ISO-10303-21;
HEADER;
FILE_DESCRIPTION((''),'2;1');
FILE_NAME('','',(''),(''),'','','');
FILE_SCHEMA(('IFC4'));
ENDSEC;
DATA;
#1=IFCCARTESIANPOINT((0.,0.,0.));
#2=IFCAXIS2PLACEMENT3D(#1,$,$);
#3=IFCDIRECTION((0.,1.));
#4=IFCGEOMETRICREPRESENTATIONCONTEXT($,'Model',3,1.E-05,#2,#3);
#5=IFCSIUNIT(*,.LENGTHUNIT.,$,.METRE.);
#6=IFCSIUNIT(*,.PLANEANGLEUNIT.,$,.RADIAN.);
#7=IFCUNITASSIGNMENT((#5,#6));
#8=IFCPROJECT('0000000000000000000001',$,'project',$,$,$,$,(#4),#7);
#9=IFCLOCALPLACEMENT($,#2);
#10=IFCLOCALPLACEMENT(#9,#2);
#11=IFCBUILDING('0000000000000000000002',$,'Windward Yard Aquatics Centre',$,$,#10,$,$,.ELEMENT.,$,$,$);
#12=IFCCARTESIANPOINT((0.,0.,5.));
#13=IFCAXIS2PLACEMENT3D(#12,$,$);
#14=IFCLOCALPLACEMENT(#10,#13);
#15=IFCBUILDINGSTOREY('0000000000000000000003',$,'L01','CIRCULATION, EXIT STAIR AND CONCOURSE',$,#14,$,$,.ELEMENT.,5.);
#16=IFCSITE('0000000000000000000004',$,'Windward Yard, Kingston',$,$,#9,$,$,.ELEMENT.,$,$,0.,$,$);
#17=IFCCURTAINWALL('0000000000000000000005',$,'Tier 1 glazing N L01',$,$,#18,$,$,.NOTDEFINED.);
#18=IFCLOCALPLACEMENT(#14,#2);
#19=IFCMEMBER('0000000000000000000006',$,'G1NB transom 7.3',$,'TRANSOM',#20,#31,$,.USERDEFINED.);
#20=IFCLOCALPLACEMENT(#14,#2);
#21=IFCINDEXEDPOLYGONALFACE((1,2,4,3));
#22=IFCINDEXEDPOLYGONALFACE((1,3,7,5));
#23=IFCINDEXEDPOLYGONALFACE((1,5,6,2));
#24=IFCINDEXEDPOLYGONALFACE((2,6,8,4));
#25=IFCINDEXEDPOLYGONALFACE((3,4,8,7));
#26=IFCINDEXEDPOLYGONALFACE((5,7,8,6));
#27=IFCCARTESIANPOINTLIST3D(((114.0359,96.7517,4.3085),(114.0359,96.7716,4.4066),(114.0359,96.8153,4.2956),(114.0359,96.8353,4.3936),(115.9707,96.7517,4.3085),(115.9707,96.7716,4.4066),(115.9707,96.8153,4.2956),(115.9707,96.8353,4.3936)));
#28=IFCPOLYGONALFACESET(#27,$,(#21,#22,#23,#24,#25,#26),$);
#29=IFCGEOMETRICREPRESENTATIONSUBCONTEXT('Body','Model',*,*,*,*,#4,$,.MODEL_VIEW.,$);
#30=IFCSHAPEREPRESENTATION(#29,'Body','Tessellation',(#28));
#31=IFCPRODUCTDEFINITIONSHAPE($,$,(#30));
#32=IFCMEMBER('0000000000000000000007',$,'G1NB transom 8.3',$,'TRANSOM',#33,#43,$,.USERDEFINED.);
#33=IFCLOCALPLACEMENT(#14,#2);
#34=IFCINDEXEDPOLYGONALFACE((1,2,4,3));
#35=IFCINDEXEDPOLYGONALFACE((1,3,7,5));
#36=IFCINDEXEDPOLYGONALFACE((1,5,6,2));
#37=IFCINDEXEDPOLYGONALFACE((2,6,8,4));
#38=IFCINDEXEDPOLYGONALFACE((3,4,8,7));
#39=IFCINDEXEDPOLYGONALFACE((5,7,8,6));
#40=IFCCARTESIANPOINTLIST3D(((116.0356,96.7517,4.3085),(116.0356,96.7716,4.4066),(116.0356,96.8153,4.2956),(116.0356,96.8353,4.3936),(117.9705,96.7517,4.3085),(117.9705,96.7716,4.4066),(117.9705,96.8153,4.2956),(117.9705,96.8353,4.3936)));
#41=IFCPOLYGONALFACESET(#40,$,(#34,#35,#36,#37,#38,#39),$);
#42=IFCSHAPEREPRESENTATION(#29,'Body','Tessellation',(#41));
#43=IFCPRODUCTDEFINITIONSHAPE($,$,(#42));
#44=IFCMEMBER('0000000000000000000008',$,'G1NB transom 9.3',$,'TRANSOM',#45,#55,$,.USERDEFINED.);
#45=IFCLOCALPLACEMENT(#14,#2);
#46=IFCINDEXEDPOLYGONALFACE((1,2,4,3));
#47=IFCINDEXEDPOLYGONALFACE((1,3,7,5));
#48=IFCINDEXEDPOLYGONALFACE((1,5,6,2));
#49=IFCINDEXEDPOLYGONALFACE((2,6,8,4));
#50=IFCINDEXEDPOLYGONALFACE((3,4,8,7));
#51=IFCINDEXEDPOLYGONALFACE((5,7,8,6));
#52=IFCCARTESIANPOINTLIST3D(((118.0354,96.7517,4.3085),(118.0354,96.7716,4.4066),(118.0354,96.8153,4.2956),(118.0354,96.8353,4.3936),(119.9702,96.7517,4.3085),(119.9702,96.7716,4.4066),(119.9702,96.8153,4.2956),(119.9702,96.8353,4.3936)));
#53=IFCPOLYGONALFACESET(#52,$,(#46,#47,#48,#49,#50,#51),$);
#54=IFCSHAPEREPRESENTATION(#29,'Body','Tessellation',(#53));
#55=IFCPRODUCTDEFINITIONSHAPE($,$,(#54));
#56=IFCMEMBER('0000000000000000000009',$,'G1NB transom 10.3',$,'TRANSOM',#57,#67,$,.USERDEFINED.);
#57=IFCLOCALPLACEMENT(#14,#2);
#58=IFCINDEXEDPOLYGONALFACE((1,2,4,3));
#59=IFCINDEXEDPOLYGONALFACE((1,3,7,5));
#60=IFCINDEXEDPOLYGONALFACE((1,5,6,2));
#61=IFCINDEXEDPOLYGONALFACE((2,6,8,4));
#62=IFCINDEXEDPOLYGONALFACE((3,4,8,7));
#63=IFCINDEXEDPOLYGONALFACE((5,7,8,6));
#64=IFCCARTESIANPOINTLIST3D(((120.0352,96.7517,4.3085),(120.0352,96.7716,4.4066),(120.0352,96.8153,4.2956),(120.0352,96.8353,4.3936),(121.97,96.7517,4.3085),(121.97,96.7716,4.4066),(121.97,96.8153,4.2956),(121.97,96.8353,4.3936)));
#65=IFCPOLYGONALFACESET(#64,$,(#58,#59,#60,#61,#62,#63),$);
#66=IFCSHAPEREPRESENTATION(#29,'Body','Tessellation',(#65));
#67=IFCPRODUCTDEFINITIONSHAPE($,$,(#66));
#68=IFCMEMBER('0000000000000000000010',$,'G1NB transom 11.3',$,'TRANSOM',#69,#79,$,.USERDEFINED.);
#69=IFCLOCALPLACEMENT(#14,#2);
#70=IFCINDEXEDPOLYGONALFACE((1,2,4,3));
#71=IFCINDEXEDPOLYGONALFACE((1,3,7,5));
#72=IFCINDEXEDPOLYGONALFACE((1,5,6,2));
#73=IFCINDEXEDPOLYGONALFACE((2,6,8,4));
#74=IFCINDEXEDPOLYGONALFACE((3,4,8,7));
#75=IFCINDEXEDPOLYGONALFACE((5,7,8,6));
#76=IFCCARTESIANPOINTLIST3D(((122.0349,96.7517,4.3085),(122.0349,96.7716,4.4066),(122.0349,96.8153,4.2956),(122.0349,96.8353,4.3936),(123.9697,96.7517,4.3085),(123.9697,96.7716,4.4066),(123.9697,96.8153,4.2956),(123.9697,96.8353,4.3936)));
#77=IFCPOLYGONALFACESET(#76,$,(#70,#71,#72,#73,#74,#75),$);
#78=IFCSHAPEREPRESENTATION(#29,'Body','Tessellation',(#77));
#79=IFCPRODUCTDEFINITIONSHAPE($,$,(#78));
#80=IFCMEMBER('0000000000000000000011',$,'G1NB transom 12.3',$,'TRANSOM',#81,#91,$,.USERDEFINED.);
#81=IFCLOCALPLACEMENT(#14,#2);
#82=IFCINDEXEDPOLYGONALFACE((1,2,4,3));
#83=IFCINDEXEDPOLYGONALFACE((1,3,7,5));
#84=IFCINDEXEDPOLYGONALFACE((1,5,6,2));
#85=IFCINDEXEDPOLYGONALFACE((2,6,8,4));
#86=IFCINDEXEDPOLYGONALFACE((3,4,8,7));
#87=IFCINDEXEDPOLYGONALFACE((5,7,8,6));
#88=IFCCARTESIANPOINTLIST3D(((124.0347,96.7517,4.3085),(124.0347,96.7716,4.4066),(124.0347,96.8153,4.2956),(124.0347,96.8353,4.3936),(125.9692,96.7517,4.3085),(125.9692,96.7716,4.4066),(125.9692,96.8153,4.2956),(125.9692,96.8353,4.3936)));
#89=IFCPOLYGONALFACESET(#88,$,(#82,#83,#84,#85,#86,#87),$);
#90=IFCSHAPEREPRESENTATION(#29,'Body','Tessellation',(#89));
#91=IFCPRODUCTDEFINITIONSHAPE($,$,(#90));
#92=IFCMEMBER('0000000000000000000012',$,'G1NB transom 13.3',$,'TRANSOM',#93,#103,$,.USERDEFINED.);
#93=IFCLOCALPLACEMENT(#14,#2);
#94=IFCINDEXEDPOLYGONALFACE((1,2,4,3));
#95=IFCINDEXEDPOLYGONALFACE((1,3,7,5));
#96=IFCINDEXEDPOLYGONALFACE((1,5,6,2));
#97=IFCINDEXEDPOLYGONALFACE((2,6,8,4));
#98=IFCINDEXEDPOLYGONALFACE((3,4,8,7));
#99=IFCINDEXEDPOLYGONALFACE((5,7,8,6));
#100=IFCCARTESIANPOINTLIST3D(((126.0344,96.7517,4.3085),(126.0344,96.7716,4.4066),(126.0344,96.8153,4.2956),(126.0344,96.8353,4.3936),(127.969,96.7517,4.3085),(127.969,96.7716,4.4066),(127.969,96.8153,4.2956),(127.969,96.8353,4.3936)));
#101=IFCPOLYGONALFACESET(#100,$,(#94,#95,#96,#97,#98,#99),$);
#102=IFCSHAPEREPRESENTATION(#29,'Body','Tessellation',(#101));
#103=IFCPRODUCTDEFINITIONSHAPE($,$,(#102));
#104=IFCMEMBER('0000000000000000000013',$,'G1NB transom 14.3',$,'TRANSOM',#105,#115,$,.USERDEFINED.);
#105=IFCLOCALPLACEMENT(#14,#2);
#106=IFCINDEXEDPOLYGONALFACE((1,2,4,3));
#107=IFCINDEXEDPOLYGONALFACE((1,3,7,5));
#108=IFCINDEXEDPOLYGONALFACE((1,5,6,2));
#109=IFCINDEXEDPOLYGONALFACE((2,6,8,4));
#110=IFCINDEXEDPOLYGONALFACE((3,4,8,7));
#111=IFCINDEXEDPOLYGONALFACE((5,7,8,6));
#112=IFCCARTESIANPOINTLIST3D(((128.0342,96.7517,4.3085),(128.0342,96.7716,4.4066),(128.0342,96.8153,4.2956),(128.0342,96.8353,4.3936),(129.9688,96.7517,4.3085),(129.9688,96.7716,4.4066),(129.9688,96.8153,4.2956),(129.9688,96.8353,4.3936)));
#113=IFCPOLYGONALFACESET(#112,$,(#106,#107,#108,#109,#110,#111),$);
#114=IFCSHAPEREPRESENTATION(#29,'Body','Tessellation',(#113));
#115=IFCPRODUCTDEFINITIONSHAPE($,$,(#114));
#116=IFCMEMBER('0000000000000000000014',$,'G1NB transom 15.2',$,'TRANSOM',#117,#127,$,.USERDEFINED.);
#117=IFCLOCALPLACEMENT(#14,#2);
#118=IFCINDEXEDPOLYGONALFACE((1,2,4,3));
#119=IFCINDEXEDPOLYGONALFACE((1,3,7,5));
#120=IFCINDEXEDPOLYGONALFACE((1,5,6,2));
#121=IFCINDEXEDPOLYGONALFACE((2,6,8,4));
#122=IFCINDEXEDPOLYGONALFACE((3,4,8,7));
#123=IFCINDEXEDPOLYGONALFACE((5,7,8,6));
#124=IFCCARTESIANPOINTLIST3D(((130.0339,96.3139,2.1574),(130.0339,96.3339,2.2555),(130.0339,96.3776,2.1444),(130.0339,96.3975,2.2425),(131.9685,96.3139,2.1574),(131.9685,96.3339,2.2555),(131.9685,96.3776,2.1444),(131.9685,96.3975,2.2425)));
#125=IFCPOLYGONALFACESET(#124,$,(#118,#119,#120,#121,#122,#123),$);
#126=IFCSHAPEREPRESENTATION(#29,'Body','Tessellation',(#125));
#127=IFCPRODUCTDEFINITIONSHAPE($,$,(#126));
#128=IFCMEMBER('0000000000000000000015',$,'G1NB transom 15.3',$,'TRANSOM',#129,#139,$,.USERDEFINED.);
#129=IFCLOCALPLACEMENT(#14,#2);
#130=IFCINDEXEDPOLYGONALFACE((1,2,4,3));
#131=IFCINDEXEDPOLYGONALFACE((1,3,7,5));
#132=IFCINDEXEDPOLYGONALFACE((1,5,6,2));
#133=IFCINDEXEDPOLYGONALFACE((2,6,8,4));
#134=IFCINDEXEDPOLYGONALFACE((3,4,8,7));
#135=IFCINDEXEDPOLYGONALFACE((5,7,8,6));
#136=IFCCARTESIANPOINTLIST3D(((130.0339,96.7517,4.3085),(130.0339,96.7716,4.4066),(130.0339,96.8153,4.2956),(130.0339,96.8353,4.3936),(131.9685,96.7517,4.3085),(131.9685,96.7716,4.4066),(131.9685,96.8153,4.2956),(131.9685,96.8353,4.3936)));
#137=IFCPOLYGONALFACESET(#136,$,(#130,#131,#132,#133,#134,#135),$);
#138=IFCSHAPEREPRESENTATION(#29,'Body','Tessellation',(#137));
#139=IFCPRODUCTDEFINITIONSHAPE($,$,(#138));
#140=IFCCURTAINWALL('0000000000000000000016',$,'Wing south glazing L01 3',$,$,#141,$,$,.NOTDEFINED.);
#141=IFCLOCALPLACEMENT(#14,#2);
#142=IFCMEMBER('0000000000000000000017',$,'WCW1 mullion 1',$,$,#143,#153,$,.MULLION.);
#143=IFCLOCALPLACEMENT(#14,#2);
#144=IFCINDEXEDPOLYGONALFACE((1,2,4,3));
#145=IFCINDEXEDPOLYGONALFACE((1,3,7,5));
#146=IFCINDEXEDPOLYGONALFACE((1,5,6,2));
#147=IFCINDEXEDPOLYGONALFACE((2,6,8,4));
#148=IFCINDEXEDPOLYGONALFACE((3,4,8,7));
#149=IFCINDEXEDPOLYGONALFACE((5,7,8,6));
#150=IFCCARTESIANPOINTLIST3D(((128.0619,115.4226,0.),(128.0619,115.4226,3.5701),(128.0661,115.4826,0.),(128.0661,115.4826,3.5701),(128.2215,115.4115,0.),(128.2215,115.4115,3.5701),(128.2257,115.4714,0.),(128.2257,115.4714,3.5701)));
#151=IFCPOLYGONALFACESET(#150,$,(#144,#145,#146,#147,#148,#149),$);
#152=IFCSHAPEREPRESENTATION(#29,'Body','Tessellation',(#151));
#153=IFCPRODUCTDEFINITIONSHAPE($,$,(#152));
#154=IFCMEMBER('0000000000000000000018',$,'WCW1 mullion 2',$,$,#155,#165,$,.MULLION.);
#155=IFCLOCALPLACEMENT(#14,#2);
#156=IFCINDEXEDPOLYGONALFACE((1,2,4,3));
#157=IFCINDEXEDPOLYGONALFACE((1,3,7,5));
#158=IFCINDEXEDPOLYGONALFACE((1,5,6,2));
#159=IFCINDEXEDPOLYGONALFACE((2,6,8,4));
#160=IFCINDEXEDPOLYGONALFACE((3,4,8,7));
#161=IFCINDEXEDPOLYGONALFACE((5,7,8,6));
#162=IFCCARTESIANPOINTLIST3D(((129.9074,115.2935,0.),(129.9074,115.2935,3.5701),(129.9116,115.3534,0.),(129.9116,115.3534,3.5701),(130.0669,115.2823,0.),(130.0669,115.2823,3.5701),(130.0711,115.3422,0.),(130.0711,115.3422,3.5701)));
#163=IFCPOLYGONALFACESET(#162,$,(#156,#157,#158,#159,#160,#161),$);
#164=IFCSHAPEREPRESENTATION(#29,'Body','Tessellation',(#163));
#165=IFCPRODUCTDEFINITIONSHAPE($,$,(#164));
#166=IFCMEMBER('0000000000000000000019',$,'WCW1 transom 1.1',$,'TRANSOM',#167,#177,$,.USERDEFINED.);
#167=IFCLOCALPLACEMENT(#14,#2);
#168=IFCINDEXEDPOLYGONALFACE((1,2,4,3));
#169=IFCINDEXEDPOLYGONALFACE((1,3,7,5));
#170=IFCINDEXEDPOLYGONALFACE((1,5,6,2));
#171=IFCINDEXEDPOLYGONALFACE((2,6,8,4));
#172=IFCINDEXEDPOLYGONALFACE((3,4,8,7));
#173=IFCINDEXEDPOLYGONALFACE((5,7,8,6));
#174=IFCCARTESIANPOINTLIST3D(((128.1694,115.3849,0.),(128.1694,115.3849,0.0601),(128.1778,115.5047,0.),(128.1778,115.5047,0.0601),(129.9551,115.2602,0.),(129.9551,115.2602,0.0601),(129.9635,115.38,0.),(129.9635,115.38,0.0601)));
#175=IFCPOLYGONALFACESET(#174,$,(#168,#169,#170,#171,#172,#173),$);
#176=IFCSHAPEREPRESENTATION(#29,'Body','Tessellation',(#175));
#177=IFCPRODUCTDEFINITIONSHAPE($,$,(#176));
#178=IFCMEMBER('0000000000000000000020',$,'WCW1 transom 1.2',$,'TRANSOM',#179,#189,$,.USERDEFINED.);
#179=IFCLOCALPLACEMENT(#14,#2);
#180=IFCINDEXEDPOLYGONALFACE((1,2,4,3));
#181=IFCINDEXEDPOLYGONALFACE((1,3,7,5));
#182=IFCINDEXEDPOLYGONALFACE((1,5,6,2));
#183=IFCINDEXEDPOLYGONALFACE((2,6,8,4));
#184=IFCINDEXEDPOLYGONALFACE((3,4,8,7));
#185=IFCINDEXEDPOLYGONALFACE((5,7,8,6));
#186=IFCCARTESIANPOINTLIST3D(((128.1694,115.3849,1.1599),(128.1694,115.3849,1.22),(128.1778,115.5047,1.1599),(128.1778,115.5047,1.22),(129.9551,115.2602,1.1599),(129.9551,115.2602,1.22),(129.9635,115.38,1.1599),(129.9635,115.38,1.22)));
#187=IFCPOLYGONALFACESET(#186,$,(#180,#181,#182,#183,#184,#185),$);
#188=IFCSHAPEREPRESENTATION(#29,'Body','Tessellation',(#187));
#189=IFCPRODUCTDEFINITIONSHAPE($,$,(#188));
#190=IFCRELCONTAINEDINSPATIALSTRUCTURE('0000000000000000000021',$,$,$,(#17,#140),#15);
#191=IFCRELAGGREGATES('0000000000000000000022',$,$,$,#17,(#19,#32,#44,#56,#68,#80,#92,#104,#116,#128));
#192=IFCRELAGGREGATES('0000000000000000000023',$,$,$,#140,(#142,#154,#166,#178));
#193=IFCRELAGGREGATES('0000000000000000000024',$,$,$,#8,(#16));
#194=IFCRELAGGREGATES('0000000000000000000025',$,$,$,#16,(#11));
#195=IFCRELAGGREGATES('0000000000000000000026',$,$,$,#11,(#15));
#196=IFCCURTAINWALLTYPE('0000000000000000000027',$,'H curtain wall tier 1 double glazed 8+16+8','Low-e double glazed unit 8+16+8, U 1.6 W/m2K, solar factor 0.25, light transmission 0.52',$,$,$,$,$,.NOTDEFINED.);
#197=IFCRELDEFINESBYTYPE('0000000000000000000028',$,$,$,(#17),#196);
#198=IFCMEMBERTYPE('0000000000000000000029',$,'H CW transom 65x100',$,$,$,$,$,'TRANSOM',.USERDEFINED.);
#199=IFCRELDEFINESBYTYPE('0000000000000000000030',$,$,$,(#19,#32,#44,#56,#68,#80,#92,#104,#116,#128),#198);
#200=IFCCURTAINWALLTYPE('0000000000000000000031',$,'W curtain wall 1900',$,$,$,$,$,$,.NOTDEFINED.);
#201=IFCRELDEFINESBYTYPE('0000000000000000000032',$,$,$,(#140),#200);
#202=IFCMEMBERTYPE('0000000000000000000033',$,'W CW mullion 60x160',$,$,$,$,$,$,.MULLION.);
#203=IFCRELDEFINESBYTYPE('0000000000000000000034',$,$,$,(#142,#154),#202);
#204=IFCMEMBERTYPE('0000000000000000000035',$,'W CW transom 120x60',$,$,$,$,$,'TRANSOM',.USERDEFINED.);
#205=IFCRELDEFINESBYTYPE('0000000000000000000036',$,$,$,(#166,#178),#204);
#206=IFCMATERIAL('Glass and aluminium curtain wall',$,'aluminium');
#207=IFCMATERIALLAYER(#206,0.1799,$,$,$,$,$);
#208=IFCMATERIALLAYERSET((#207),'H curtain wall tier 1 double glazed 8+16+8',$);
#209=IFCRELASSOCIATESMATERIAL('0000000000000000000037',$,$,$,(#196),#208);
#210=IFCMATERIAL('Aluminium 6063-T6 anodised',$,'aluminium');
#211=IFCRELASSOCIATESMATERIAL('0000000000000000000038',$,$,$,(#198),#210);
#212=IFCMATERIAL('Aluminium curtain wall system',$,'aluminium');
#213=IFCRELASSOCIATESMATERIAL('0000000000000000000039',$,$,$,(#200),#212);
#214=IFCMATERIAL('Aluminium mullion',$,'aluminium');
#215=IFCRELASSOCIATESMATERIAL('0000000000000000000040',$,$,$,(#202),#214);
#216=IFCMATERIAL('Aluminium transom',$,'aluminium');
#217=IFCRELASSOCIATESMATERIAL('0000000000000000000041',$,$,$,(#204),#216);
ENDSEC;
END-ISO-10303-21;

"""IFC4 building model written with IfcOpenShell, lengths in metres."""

from ifc_helpers import new_model, si_unit, direction, frame, origin, origin_2d, place, context, subcontext, project, spatial, rectangle, extrude, material, layer, layer_set, material_profile, profile_set, type_object, element, aggregate, save


model = new_model("IFC4")

# Units and contexts
model_context = context("Model", 3, precision=1e-05, world=origin(), true_north=direction((0.0, 1.0)))
body_context = subcontext(model_context, "Body", "Model", "MODEL_VIEW")
ifc_project = project(units=[si_unit("LENGTHUNIT", "METRE"), si_unit("PLANEANGLEUNIT", "RADIAN")], contexts=[model_context])

# Site, building, storey
site_placement = place(None, origin())
site = spatial("IfcSite", under=ifc_project, at=site_placement, Name="Windward Yard, Kingston", CompositionType="ELEMENT", RefElevation=0.0)
building_placement = place(site_placement, origin())
building = spatial("IfcBuilding", under=site, at=building_placement, Name="Windward Yard Aquatics Centre", CompositionType="ELEMENT")
storey_placement = place(building_placement, frame((0.0, 0.0, 5.0)))
storey = spatial("IfcBuildingStorey", under=building, at=storey_placement, Name="L01", Description="CIRCULATION, EXIT STAIR AND CONCOURSE", CompositionType="ELEMENT", Elevation=5.0)

# Curtain wall, members
ifc_material_1 = material(Name="Glass and aluminium curtain wall", Category="aluminium")
ifc_layer_1 = layer(ifc_material_1, 0.1799)
ifc_layer_set_1 = layer_set([ifc_layer_1], Name="H curtain wall tier 1 double glazed 8+16+8")
curtain_wall_type_1 = type_object("IfcCurtainWallType", Name="H curtain wall tier 1 double glazed 8+16+8", Description="Low-e double glazed unit 8+16+8, U 1.6 W/m2K, solar factor 0.25, light transmission 0.52", PredefinedType="NOTDEFINED", material=ifc_layer_set_1)
curtain_wall_1_placement = place(storey_placement, origin())
curtain_wall_1 = element("IfcCurtainWall", 1, at=curtain_wall_1_placement, inside=storey, type_object=curtain_wall_type_1, Name="Tier 1 glazing N L01", PredefinedType="NOTDEFINED")
ifc_material_2 = material(Name="Aluminium 6063-T6 anodised", Category="aluminium")
ifc_material_profile_1 = material_profile(ifc_material_2, rectangle(XDim=0.0649, YDim=0.1001, at=origin_2d()), Name="H CW transom 65x100")
ifc_profile_set_1 = profile_set([ifc_material_profile_1], Name="Aluminium 6063-T6 anodised")
member_type_1 = type_object("IfcMemberType", Name="H CW transom 65x100", ElementType="TRANSOM", PredefinedType="USERDEFINED", material=ifc_profile_set_1)
member_1_placement = place(storey_placement, frame((114.0359, 96.7935, 4.3511), z_axis=(1.0, 0.0, 0.0), x_axis=(0.0, -0.979925, 0.199368)))
member_1 = element("IfcMember", 2, at=member_1_placement, type_object=member_type_1, Name="G1NB transom 7.3", ObjectType="TRANSOM", PredefinedType="USERDEFINED", context=body_context, shape_type="SweptSolid", body=[
    extrude(rectangle(XDim=0.0649, YDim=0.1001, at=origin_2d()), origin(), (0.0, 0.0, 1.0), 1.9348),
])
member_2_placement = place(storey_placement, frame((116.0356, 96.7935, 4.3511), z_axis=(1.0, 0.0, 0.0), x_axis=(0.0, -0.979925, 0.199368)))
member_2 = element("IfcMember", 3, at=member_2_placement, type_object=member_type_1, Name="G1NB transom 8.3", ObjectType="TRANSOM", PredefinedType="USERDEFINED", context=body_context, shape_type="SweptSolid", body=[
    extrude(rectangle(XDim=0.0649, YDim=0.1001, at=origin_2d()), origin(), (0.0, 0.0, 1.0), 1.9348),
])
member_3_placement = place(storey_placement, frame((118.0354, 96.7935, 4.3511), z_axis=(1.0, 0.0, 0.0), x_axis=(0.0, -0.979925, 0.199368)))
member_3 = element("IfcMember", 4, at=member_3_placement, type_object=member_type_1, Name="G1NB transom 9.3", ObjectType="TRANSOM", PredefinedType="USERDEFINED", context=body_context, shape_type="SweptSolid", body=[
    extrude(rectangle(XDim=0.0649, YDim=0.1001, at=origin_2d()), origin(), (0.0, 0.0, 1.0), 1.9348),
])
member_4_placement = place(storey_placement, frame((120.0352, 96.7935, 4.3511), z_axis=(1.0, 0.0, 0.0), x_axis=(0.0, -0.979925, 0.199368)))
member_4 = element("IfcMember", 5, at=member_4_placement, type_object=member_type_1, Name="G1NB transom 10.3", ObjectType="TRANSOM", PredefinedType="USERDEFINED", context=body_context, shape_type="SweptSolid", body=[
    extrude(rectangle(XDim=0.0649, YDim=0.1001, at=origin_2d()), origin(), (0.0, 0.0, 1.0), 1.9348),
])
member_5_placement = place(storey_placement, frame((122.0349, 96.7935, 4.3511), z_axis=(1.0, 0.0, 0.0), x_axis=(0.0, -0.979925, 0.199368)))
member_5 = element("IfcMember", 6, at=member_5_placement, type_object=member_type_1, Name="G1NB transom 11.3", ObjectType="TRANSOM", PredefinedType="USERDEFINED", context=body_context, shape_type="SweptSolid", body=[
    extrude(rectangle(XDim=0.0649, YDim=0.1001, at=origin_2d()), origin(), (0.0, 0.0, 1.0), 1.9348),
])
member_6_placement = place(storey_placement, frame((124.0347, 96.7935, 4.3511), z_axis=(1.0, 0.0, 0.0), x_axis=(0.0, -0.979925, 0.199368)))
member_6 = element("IfcMember", 7, at=member_6_placement, type_object=member_type_1, Name="G1NB transom 12.3", ObjectType="TRANSOM", PredefinedType="USERDEFINED", context=body_context, shape_type="SweptSolid", body=[
    extrude(rectangle(XDim=0.0649, YDim=0.1001, at=origin_2d()), origin(), (0.0, 0.0, 1.0), 1.9346),
])
member_7_placement = place(storey_placement, frame((126.0344, 96.7935, 4.3511), z_axis=(1.0, 0.0, 0.0), x_axis=(0.0, -0.979925, 0.199368)))
member_7 = element("IfcMember", 8, at=member_7_placement, type_object=member_type_1, Name="G1NB transom 13.3", ObjectType="TRANSOM", PredefinedType="USERDEFINED", context=body_context, shape_type="SweptSolid", body=[
    extrude(rectangle(XDim=0.0649, YDim=0.1001, at=origin_2d()), origin(), (0.0, 0.0, 1.0), 1.9346),
])
member_8_placement = place(storey_placement, frame((128.0342, 96.7935, 4.3511), z_axis=(1.0, 0.0, 0.0), x_axis=(0.0, -0.979925, 0.199368)))
member_8 = element("IfcMember", 9, at=member_8_placement, type_object=member_type_1, Name="G1NB transom 14.3", ObjectType="TRANSOM", PredefinedType="USERDEFINED", context=body_context, shape_type="SweptSolid", body=[
    extrude(rectangle(XDim=0.0649, YDim=0.1001, at=origin_2d()), origin(), (0.0, 0.0, 1.0), 1.9346),
])
member_9_placement = place(storey_placement, frame((130.0339, 96.3557, 2.2), z_axis=(1.0, 0.0, 0.0), x_axis=(0.0, -0.979925, 0.199368)))
member_9 = element("IfcMember", 10, at=member_9_placement, type_object=member_type_1, Name="G1NB transom 15.2", ObjectType="TRANSOM", PredefinedType="USERDEFINED", context=body_context, shape_type="SweptSolid", body=[
    extrude(rectangle(XDim=0.0649, YDim=0.1001, at=origin_2d()), origin(), (0.0, 0.0, 1.0), 1.9346),
])
member_10_placement = place(storey_placement, frame((130.0339, 96.7935, 4.3511), z_axis=(1.0, 0.0, 0.0), x_axis=(0.0, -0.979925, 0.199368)))
member_10 = element("IfcMember", 11, at=member_10_placement, type_object=member_type_1, Name="G1NB transom 15.3", ObjectType="TRANSOM", PredefinedType="USERDEFINED", context=body_context, shape_type="SweptSolid", body=[
    extrude(rectangle(XDim=0.0649, YDim=0.1001, at=origin_2d()), origin(), (0.0, 0.0, 1.0), 1.9346),
])
aggregate(curtain_wall_1, [member_1, member_2, member_3, member_4, member_5, member_6, member_7, member_8, member_9, member_10])

# Curtain wall, members
ifc_material_3 = material(Name="Aluminium curtain wall system", Category="aluminium")
curtain_wall_type_2 = type_object("IfcCurtainWallType", Name="W curtain wall 1900", PredefinedType="NOTDEFINED", material=ifc_material_3)
curtain_wall_2_placement = place(storey_placement, origin())
curtain_wall_2 = element("IfcCurtainWall", 12, at=curtain_wall_2_placement, inside=storey, type_object=curtain_wall_type_2, Name="Wing south glazing L01 3", PredefinedType="NOTDEFINED")
ifc_material_4 = material(Name="Aluminium mullion", Category="aluminium")
ifc_material_profile_2 = material_profile(ifc_material_4, rectangle(XDim=0.0601, YDim=0.1599, at=origin_2d()), Name="AL 60x160")
ifc_profile_set_2 = profile_set([ifc_material_profile_2], Name="Aluminium mullion")
member_type_2 = type_object("IfcMemberType", Name="W CW mullion 60x160", PredefinedType="MULLION", material=ifc_profile_set_2)
member_11_placement = place(storey_placement, frame((128.1438, 115.447, 0.0), z_axis=(0.0, 0.0, 1.0), x_axis=(0.069755, 0.997564, 0.0)))
member_11 = element("IfcMember", 13, at=member_11_placement, type_object=member_type_2, Name="WCW1 mullion 1", PredefinedType="MULLION", context=body_context, shape_type="SweptSolid", body=[
    extrude(rectangle(XDim=0.0601, YDim=0.1599, at=origin_2d()), origin(), (0.0, 0.0, 1.0), 3.5701),
])
member_12_placement = place(storey_placement, frame((129.9893, 115.3179, 0.0), z_axis=(0.0, 0.0, 1.0), x_axis=(0.069755, 0.997564, 0.0)))
member_12 = element("IfcMember", 14, at=member_12_placement, type_object=member_type_2, Name="WCW1 mullion 2", PredefinedType="MULLION", context=body_context, shape_type="SweptSolid", body=[
    extrude(rectangle(XDim=0.0601, YDim=0.1599, at=origin_2d()), origin(), (0.0, 0.0, 1.0), 3.5701),
])
ifc_material_5 = material(Name="Aluminium transom", Category="aluminium")
ifc_material_profile_3 = material_profile(ifc_material_5, rectangle(XDim=0.1201, YDim=0.0601, at=origin_2d()), Name="AL 120x60")
ifc_profile_set_3 = profile_set([ifc_material_profile_3], Name="Aluminium transom")
member_type_3 = type_object("IfcMemberType", Name="W CW transom 120x60", ElementType="TRANSOM", PredefinedType="USERDEFINED", material=ifc_profile_set_3)
member_13_placement = place(storey_placement, frame((128.1736, 115.4448, 0.03), z_axis=(0.997568, -0.069696, 0.0), x_axis=(0.069696, 0.997568, 0.0)))
member_13 = element("IfcMember", 15, at=member_13_placement, type_object=member_type_3, Name="WCW1 transom 1.1", ObjectType="TRANSOM", PredefinedType="USERDEFINED", context=body_context, shape_type="SweptSolid", body=[
    extrude(rectangle(XDim=0.1201, YDim=0.0601, at=origin_2d()), origin(), (0.0, 0.0, 1.0), 1.79),
])
member_14_placement = place(storey_placement, frame((128.1736, 115.4448, 1.1899), z_axis=(0.997568, -0.069696, 0.0), x_axis=(0.069696, 0.997568, 0.0)))
member_14 = element("IfcMember", 16, at=member_14_placement, type_object=member_type_3, Name="WCW1 transom 1.2", ObjectType="TRANSOM", PredefinedType="USERDEFINED", context=body_context, shape_type="SweptSolid", body=[
    extrude(rectangle(XDim=0.1201, YDim=0.0601, at=origin_2d()), origin(), (0.0, 0.0, 1.0), 1.79),
])
aggregate(curtain_wall_2, [member_11, member_12, member_13, member_14])

save(model, "model.ifc")
